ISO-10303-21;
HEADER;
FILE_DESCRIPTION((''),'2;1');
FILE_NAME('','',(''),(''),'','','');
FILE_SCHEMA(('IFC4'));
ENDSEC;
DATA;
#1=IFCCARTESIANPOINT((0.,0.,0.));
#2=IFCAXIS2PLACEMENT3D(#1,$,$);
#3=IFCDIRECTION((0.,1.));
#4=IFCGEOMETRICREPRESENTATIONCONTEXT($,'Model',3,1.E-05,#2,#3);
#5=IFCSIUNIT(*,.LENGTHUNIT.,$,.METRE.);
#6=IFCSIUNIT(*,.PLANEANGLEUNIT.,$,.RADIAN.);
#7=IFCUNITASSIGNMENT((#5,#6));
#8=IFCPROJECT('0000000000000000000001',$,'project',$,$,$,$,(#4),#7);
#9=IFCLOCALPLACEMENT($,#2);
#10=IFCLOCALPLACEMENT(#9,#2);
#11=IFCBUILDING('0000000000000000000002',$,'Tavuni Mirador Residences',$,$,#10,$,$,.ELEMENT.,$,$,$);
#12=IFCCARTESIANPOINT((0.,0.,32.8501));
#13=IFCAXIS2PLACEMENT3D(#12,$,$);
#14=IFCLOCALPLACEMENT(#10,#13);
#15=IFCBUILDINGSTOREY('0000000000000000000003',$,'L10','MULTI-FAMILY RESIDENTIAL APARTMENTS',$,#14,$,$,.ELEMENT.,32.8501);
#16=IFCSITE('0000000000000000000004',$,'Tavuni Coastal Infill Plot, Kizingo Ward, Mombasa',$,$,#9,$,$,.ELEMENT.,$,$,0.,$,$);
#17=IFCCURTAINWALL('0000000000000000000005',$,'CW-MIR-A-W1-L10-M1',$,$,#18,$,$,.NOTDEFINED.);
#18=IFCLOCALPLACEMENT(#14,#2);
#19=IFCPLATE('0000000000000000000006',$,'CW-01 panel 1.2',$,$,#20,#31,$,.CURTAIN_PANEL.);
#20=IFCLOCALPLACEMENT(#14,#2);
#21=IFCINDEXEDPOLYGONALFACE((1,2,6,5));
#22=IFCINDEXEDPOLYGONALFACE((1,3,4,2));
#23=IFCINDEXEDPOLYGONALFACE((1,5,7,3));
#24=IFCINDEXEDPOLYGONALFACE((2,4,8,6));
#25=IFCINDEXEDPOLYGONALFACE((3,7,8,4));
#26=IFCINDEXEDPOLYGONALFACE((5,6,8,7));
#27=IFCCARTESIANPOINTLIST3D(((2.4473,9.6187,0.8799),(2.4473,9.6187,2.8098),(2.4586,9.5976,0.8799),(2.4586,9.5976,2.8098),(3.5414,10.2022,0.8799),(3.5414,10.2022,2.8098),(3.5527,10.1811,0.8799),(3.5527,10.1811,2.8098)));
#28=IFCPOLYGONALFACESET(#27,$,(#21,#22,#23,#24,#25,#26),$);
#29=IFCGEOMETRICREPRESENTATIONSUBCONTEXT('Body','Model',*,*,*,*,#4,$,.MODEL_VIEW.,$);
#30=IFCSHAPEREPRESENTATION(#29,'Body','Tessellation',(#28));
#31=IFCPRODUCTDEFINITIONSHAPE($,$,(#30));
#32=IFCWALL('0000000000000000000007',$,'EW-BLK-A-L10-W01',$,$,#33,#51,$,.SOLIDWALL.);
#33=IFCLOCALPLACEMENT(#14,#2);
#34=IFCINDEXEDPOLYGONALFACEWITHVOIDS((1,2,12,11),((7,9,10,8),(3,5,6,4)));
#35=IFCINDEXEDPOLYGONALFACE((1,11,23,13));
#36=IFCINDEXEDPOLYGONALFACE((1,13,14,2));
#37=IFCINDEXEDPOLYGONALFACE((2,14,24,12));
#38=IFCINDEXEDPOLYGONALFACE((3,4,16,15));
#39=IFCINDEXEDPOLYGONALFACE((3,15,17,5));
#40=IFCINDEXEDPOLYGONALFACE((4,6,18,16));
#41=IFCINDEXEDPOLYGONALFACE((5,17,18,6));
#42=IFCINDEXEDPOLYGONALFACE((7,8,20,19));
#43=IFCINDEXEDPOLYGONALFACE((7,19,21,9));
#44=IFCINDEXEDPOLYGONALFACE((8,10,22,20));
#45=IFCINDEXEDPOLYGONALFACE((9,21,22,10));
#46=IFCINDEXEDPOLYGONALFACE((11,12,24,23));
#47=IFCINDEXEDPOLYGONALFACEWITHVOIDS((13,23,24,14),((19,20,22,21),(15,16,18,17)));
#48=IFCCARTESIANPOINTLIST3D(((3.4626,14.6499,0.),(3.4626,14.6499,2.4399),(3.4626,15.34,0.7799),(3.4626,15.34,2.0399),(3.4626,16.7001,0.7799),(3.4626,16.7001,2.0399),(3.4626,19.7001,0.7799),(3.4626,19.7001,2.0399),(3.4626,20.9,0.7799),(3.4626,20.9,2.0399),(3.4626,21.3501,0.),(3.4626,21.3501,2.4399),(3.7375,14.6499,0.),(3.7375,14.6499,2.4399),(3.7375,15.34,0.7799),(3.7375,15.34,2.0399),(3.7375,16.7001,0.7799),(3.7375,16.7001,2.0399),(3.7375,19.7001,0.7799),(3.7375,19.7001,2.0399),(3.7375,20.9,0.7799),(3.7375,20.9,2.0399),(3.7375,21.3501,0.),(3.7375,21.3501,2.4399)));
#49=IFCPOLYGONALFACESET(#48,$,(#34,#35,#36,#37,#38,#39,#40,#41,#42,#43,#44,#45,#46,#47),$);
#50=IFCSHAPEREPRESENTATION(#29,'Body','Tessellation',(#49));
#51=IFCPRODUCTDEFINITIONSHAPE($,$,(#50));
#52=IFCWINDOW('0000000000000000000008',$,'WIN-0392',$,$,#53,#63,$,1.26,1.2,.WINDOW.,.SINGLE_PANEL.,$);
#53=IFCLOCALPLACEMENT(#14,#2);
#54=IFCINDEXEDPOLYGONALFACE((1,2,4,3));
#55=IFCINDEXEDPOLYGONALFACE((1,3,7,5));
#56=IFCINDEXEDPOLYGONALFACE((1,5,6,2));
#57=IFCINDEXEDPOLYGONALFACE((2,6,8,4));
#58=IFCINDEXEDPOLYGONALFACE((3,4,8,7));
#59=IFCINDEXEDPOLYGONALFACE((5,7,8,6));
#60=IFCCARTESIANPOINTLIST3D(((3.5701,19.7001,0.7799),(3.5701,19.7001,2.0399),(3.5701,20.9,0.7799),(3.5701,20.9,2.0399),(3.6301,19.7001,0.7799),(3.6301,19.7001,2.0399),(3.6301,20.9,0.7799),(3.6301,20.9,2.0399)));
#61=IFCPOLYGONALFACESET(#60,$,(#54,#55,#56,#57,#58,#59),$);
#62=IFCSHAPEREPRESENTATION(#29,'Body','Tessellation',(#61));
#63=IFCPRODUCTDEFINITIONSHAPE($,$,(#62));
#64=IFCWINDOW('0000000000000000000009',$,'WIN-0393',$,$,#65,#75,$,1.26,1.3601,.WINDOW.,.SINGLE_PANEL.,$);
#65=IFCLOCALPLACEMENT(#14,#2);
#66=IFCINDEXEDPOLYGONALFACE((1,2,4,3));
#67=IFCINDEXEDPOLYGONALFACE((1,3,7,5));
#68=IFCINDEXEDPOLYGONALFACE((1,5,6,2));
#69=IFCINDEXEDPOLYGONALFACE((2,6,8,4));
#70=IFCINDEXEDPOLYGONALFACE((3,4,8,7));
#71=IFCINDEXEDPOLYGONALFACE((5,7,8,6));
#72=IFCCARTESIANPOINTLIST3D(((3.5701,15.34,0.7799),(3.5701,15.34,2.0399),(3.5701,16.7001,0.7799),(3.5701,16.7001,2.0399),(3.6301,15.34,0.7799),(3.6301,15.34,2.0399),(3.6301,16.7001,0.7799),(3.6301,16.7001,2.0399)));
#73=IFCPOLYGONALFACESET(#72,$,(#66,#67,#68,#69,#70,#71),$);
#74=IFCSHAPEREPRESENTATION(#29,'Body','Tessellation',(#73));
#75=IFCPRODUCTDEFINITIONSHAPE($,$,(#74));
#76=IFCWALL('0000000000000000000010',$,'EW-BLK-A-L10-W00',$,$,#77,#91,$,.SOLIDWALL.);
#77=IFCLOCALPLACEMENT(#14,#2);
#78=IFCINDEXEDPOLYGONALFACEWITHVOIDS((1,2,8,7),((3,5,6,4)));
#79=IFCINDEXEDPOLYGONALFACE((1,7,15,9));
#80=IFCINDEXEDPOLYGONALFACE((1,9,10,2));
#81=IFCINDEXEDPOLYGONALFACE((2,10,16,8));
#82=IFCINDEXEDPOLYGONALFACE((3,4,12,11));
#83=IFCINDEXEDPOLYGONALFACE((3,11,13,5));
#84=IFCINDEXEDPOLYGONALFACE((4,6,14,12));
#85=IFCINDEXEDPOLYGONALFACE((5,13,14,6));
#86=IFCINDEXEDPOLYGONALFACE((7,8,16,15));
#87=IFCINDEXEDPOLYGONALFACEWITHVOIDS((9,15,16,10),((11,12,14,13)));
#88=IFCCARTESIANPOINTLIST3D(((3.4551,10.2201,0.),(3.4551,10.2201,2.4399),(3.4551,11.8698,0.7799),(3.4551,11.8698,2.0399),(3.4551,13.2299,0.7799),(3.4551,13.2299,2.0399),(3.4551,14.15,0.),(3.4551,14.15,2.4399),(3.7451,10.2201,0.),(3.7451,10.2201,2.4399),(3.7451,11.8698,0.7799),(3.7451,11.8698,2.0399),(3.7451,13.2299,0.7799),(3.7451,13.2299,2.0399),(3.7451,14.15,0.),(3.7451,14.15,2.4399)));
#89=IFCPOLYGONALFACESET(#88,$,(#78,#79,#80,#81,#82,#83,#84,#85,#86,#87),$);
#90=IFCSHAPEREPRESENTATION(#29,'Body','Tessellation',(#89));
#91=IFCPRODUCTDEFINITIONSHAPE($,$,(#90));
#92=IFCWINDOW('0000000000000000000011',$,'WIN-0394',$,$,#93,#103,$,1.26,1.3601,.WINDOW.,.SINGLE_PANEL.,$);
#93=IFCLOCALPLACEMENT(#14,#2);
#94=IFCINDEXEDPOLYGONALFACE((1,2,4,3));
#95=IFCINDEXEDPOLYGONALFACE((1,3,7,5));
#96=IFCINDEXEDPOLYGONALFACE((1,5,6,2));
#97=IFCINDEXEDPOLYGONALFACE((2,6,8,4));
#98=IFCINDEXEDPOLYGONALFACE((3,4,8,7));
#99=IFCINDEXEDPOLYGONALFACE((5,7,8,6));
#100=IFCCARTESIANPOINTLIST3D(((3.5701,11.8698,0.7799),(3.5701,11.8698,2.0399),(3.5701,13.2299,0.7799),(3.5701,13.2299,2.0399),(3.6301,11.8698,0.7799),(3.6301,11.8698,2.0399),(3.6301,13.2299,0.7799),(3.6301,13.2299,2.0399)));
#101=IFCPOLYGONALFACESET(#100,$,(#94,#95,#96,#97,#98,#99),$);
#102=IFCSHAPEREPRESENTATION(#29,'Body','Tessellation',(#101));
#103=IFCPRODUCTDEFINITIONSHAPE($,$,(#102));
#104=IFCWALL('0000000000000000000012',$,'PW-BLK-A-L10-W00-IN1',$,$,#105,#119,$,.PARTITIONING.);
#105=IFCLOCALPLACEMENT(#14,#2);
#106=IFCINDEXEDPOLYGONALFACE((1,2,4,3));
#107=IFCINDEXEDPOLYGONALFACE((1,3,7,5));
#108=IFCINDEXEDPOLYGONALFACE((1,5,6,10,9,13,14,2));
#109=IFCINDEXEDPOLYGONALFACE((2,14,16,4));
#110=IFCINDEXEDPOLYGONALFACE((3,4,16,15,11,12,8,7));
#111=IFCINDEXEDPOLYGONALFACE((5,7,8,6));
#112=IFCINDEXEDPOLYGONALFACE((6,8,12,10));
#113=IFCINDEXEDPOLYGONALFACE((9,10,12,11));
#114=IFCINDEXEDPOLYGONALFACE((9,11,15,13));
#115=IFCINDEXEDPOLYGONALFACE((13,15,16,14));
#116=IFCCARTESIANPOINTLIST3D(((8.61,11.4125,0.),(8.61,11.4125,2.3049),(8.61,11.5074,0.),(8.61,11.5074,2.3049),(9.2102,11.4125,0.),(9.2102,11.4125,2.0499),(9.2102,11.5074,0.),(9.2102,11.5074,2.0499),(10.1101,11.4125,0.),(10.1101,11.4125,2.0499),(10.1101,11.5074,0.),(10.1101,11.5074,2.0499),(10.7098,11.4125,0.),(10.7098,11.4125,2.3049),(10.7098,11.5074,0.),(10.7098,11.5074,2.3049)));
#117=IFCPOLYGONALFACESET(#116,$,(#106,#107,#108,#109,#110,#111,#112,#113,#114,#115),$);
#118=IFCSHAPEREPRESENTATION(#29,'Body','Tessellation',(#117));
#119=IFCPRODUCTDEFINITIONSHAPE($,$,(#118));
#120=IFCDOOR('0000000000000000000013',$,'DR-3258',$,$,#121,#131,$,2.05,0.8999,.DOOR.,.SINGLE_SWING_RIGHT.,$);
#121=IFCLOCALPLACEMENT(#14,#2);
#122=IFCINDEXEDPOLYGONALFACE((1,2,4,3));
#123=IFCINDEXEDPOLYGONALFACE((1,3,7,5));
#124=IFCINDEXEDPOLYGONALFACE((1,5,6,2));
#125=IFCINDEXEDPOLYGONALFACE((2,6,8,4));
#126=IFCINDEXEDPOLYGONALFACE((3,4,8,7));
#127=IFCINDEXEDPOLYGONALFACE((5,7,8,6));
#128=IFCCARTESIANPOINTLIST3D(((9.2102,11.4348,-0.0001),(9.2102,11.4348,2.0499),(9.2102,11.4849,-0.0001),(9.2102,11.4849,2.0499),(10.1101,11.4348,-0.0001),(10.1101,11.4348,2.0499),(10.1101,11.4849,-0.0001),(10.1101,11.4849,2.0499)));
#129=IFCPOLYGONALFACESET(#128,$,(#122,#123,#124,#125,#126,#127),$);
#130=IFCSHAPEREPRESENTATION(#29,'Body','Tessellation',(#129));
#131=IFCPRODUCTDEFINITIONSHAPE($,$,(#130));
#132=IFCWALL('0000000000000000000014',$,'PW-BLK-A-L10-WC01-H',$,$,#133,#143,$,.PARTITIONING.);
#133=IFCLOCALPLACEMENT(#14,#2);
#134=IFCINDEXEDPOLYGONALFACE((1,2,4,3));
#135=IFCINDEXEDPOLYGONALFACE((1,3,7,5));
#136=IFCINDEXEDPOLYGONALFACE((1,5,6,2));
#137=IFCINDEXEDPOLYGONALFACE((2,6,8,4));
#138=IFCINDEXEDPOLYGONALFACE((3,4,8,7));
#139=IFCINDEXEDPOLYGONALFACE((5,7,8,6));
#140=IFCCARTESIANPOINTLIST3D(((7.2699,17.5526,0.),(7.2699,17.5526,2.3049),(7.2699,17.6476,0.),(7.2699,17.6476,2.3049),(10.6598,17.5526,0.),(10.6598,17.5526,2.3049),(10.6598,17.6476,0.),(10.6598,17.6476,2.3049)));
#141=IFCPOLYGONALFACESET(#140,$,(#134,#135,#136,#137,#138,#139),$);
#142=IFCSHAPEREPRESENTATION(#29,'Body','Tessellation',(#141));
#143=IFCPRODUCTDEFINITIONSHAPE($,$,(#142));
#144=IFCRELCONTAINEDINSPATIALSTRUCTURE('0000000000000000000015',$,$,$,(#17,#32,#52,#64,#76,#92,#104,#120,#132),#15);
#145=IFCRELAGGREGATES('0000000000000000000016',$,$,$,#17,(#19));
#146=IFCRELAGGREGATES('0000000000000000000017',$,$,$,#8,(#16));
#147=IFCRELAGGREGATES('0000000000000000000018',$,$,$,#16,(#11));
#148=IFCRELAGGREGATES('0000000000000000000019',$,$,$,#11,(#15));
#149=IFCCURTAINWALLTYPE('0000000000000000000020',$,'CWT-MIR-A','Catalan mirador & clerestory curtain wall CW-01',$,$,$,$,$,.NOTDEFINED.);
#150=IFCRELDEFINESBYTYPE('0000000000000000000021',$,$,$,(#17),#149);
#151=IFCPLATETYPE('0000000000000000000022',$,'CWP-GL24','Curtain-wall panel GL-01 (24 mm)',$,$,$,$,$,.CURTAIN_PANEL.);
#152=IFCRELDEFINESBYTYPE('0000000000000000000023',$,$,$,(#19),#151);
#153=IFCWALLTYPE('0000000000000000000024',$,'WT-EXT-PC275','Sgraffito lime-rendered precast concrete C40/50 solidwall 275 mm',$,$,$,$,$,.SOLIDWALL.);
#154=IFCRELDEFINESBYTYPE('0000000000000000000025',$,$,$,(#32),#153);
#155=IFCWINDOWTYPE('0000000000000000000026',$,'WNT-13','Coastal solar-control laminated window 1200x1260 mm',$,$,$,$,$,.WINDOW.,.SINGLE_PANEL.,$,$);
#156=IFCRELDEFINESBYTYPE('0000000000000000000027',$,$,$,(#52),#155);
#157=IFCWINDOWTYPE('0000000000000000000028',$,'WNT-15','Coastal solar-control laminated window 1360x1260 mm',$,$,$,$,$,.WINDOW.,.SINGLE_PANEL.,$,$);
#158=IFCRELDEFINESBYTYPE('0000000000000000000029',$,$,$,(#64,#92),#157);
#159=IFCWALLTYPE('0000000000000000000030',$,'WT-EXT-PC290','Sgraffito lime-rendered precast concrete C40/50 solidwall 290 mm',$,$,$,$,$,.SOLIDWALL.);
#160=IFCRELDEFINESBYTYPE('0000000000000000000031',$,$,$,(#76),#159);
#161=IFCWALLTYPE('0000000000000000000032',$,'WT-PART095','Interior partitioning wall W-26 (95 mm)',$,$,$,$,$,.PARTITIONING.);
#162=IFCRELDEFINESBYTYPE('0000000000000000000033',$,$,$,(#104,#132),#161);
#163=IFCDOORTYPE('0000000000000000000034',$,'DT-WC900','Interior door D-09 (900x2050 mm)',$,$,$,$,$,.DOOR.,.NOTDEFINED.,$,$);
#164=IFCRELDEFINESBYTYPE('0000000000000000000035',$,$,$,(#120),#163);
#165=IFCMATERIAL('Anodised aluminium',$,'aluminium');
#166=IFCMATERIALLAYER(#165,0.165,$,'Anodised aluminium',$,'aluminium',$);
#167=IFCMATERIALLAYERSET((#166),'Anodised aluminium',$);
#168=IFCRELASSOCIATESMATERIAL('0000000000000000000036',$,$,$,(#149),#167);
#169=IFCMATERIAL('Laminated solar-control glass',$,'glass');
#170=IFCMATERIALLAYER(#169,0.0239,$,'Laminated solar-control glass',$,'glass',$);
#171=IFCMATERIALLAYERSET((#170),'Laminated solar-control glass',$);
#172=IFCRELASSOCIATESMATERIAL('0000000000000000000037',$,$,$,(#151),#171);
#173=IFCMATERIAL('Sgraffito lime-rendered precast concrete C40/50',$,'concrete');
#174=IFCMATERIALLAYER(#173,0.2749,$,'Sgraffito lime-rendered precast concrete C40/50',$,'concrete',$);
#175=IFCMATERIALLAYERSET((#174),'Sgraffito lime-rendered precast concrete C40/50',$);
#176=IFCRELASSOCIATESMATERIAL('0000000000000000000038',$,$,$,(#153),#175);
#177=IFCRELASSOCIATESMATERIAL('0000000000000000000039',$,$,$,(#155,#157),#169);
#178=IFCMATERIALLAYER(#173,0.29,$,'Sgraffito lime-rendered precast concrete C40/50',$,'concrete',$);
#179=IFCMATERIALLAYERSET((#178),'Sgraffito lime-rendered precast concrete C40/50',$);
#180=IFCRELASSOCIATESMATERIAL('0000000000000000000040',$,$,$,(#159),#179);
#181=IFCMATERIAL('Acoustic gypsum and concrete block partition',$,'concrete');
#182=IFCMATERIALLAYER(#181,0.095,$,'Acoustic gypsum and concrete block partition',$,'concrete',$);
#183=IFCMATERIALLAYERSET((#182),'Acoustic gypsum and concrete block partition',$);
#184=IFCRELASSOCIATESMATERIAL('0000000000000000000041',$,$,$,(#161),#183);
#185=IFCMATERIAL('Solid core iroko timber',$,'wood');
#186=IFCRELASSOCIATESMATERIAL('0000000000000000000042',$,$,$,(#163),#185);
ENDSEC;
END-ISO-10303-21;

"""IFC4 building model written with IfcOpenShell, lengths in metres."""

from ifc_helpers import new_model, si_unit, direction, frame, frame_2d, origin, origin_2d, place, context, subcontext, project, spatial, rectangle, extrude, material, layer, layer_set, type_object, element, fill, aggregate, save


model = new_model("IFC4")

# Units and contexts
model_context = context("Model", 3, precision=1e-05, world=origin(), true_north=direction((0.0, 1.0)))
body_context = subcontext(model_context, "Body", "Model", "MODEL_VIEW")
ifc_project = project(units=[si_unit("LENGTHUNIT", "METRE"), si_unit("PLANEANGLEUNIT", "RADIAN")], contexts=[model_context])

# Site, building, storey
site_placement = place(None, origin())
site = spatial("IfcSite", under=ifc_project, at=site_placement, Name="Tavuni Coastal Infill Plot, Kizingo Ward, Mombasa", CompositionType="ELEMENT", RefElevation=0.0)
building_placement = place(site_placement, origin())
building = spatial("IfcBuilding", under=site, at=building_placement, Name="Tavuni Mirador Residences", CompositionType="ELEMENT")
storey_placement = place(building_placement, frame((0.0, 0.0, 32.8501)))
storey = spatial("IfcBuildingStorey", under=building, at=storey_placement, Name="L10", Description="MULTI-FAMILY RESIDENTIAL APARTMENTS", CompositionType="ELEMENT", Elevation=32.8501)

# Curtain wall
ifc_material_1 = material(Name="Anodised aluminium", Category="aluminium")
ifc_layer_1 = layer(ifc_material_1, 0.165, Name="Anodised aluminium", Category="aluminium")
ifc_layer_set_1 = layer_set([ifc_layer_1], Name="Anodised aluminium")
curtain_wall_type = type_object("IfcCurtainWallType", Name="CWT-MIR-A", Description="Catalan mirador & clerestory curtain wall CW-01", PredefinedType="NOTDEFINED", material=ifc_layer_set_1)
curtain_wall_placement = place(storey_placement, origin())
curtain_wall = element("IfcCurtainWall", 1, at=curtain_wall_placement, inside=storey, type_object=curtain_wall_type, Name="CW-MIR-A-W1-L10-M1", PredefinedType="NOTDEFINED")

# Plate
ifc_material_2 = material(Name="Laminated solar-control glass", Category="glass")
ifc_layer_2 = layer(ifc_material_2, 0.0239, Name="Laminated solar-control glass", Category="glass")
ifc_layer_set_2 = layer_set([ifc_layer_2], Name="Laminated solar-control glass")
plate_type = type_object("IfcPlateType", Name="CWP-GL24", Description="Curtain-wall panel GL-01 (24 mm)", PredefinedType="CURTAIN_PANEL", material=ifc_layer_set_2)
plate_placement = place(storey_placement, frame((3.0, 9.8999, 0.8799), z_axis=(0.0, 0.0, 1.0), x_axis=(-0.882353, -0.470588, 0.0)))
plate = element("IfcPlate", 2, at=plate_placement, type_object=plate_type, Name="CW-01 panel 1.2", PredefinedType="CURTAIN_PANEL", context=body_context, shape_type="SweptSolid", body=[
    extrude(rectangle(XDim=1.24, YDim=0.0239, at=origin_2d()), origin(), (0.0, 0.0, 1.0), 1.9299),
])
aggregate(curtain_wall, [plate])

# Wall, openings, windows
ifc_material_3 = material(Name="Sgraffito lime-rendered precast concrete C40/50", Category="concrete")
ifc_layer_3 = layer(ifc_material_3, 0.2749, Name="Sgraffito lime-rendered precast concrete C40/50", Category="concrete")
ifc_layer_set_3 = layer_set([ifc_layer_3], Name="Sgraffito lime-rendered precast concrete C40/50")
wall_type_1 = type_object("IfcWallType", Name="WT-EXT-PC275", Description="Sgraffito lime-rendered precast concrete C40/50 solidwall 275 mm", PredefinedType="SOLIDWALL", material=ifc_layer_set_3)
wall_1_placement = place(storey_placement, frame((3.6001, 21.3501, 0.0), z_axis=(0.0, 0.0, 1.0), x_axis=(0.0, -1.0, 0.0)))
wall_1 = element("IfcWall", 3, at=wall_1_placement, inside=storey, type_object=wall_type_1, Name="EW-BLK-A-L10-W01", PredefinedType="SOLIDWALL", context=body_context, shape_type="SweptSolid", body=[
    extrude(rectangle(XDim=6.7002, YDim=0.2749, at=frame_2d((3.3501, 0.0))), origin(), (0.0, 0.0, 1.0), 2.4399),
])
opening_1_placement = place(wall_1_placement, frame((0.45, 0.0, 0.78)))
opening_1 = element("IfcOpeningElement", 4, at=opening_1_placement, cuts=wall_1, PredefinedType="OPENING", context=body_context, shape_type="SweptSolid", body=[
    extrude(rectangle(XDim=1.2, YDim=1.26, at=frame_2d((0.6001, 0.6299))), frame((0.0, 0.1475, 0.0), z_axis=(0.0, -1.0, 0.0), x_axis=(1.0, 0.0, 0.0)), (0.0, 0.0, 1.0), 0.2949),
])
opening_2_placement = place(wall_1_placement, frame((4.6499, 0.0, 0.78)))
opening_2 = element("IfcOpeningElement", 5, at=opening_2_placement, cuts=wall_1, PredefinedType="OPENING", context=body_context, shape_type="SweptSolid", body=[
    extrude(rectangle(XDim=1.3601, YDim=1.26, at=frame_2d((0.6802, 0.6299))), frame((0.0, 0.1475, 0.0), z_axis=(0.0, -1.0, 0.0), x_axis=(1.0, 0.0, 0.0)), (0.0, 0.0, 1.0), 0.2949),
])
window_type_1 = type_object("IfcWindowType", Name="WNT-13", Description="Coastal solar-control laminated window 1200x1260 mm", PartitioningType="SINGLE_PANEL", PredefinedType="WINDOW", material=ifc_material_2)
window_1_placement = place(opening_1_placement, origin())
window_1 = element("IfcWindow", 6, at=window_1_placement, inside=storey, type_object=window_type_1, Name="WIN-0392", OverallHeight=1.26, OverallWidth=1.2, PartitioningType="SINGLE_PANEL", PredefinedType="WINDOW", context=body_context, shape_type="SweptSolid", body=[
    extrude(rectangle(XDim=1.2, YDim=1.26, at=frame_2d((0.6001, 0.6299))), frame((0.0, 0.03, 0.0), z_axis=(0.0, -1.0, 0.0), x_axis=(1.0, 0.0, 0.0)), (0.0, 0.0, 1.0), 0.0601),
])
fill(opening_1, window_1)
window_type_2 = type_object("IfcWindowType", Name="WNT-15", Description="Coastal solar-control laminated window 1360x1260 mm", PartitioningType="SINGLE_PANEL", PredefinedType="WINDOW", material=ifc_material_2)
window_2_placement = place(opening_2_placement, origin())
window_2 = element("IfcWindow", 7, at=window_2_placement, inside=storey, type_object=window_type_2, Name="WIN-0393", OverallHeight=1.26, OverallWidth=1.3601, PartitioningType="SINGLE_PANEL", PredefinedType="WINDOW", context=body_context, shape_type="SweptSolid", body=[
    extrude(rectangle(XDim=1.3601, YDim=1.26, at=frame_2d((0.6802, 0.6299))), frame((0.0, 0.03, 0.0), z_axis=(0.0, -1.0, 0.0), x_axis=(1.0, 0.0, 0.0)), (0.0, 0.0, 1.0), 0.0601),
])
fill(opening_2, window_2)

# Wall, opening, window
ifc_layer_4 = layer(ifc_material_3, 0.29, Name="Sgraffito lime-rendered precast concrete C40/50", Category="concrete")
ifc_layer_set_4 = layer_set([ifc_layer_4], Name="Sgraffito lime-rendered precast concrete C40/50")
wall_type_2 = type_object("IfcWallType", Name="WT-EXT-PC290", Description="Sgraffito lime-rendered precast concrete C40/50 solidwall 290 mm", PredefinedType="SOLIDWALL", material=ifc_layer_set_4)
wall_2_placement = place(storey_placement, frame((3.6001, 14.1499, 0.0), z_axis=(0.0, 0.0, 1.0), x_axis=(0.0, -1.0, 0.0)))
wall_2 = element("IfcWall", 8, at=wall_2_placement, inside=storey, type_object=wall_type_2, Name="EW-BLK-A-L10-W00", PredefinedType="SOLIDWALL", context=body_context, shape_type="SweptSolid", body=[
    extrude(rectangle(XDim=3.9299, YDim=0.29, at=frame_2d((1.9648, 0.0))), origin(), (0.0, 0.0, 1.0), 2.4399),
])
opening_3_placement = place(wall_2_placement, frame((0.9199, 0.0, 0.78)))
opening_3 = element("IfcOpeningElement", 9, at=opening_3_placement, cuts=wall_2, PredefinedType="OPENING", context=body_context, shape_type="SweptSolid", body=[
    extrude(rectangle(XDim=1.3601, YDim=1.26, at=frame_2d((0.6802, 0.6299))), frame((0.0, 0.155, 0.0), z_axis=(0.0, -1.0, 0.0), x_axis=(1.0, 0.0, 0.0)), (0.0, 0.0, 1.0), 0.3101),
])
window_3_placement = place(opening_3_placement, origin())
window_3 = element("IfcWindow", 10, at=window_3_placement, inside=storey, type_object=window_type_2, Name="WIN-0394", OverallHeight=1.26, OverallWidth=1.3601, PartitioningType="SINGLE_PANEL", PredefinedType="WINDOW", context=body_context, shape_type="SweptSolid", body=[
    extrude(rectangle(XDim=1.3601, YDim=1.26, at=frame_2d((0.6802, 0.6299))), frame((0.0, 0.03, 0.0), z_axis=(0.0, -1.0, 0.0), x_axis=(1.0, 0.0, 0.0)), (0.0, 0.0, 1.0), 0.0601),
])
fill(opening_3, window_3)

# Wall, opening, door
ifc_material_4 = material(Name="Acoustic gypsum and concrete block partition", Category="concrete")
ifc_layer_5 = layer(ifc_material_4, 0.095, Name="Acoustic gypsum and concrete block partition", Category="concrete")
ifc_layer_set_5 = layer_set([ifc_layer_5], Name="Acoustic gypsum and concrete block partition")
wall_type_3 = type_object("IfcWallType", Name="WT-PART095", Description="Interior partitioning wall W-26 (95 mm)", PredefinedType="PARTITIONING", material=ifc_layer_set_5)
wall_3_placement = place(storey_placement, frame((8.6101, 11.46, 0.0), z_axis=(0.0, 0.0, 1.0), x_axis=(1.0, 0.0, 0.0)))
wall_3 = element("IfcWall", 11, at=wall_3_placement, inside=storey, type_object=wall_type_3, Name="PW-BLK-A-L10-W00-IN1", PredefinedType="PARTITIONING", context=body_context, shape_type="SweptSolid", body=[
    extrude(rectangle(XDim=2.0999, YDim=0.095, at=frame_2d((1.0498, 0.0))), origin(), (0.0, 0.0, 1.0), 2.3049),
])
opening_4_placement = place(wall_3_placement, frame((0.6001, 0.0, 0.0)))
opening_4 = element("IfcOpeningElement", 12, at=opening_4_placement, cuts=wall_3, PredefinedType="OPENING", context=body_context, shape_type="SweptSolid", body=[
    extrude(rectangle(XDim=0.8999, YDim=2.05, at=frame_2d((0.45, 1.0249))), frame((0.0, 0.0576, 0.0), z_axis=(0.0, -1.0, 0.0), x_axis=(1.0, 0.0, 0.0)), (0.0, 0.0, 1.0), 0.115),
])
ifc_material_5 = material(Name="Solid core iroko timber", Category="wood")
door_type_1 = type_object("IfcDoorType", Name="DT-WC900", Description="Interior door D-09 (900x2050 mm)", OperationType="NOTDEFINED", PredefinedType="DOOR", material=ifc_material_5)
door_1_placement = place(opening_4_placement, origin())
door_1 = element("IfcDoor", 13, at=door_1_placement, inside=storey, type_object=door_type_1, Name="DR-3258", OperationType="SINGLE_SWING_RIGHT", OverallHeight=2.05, OverallWidth=0.8999, PredefinedType="DOOR", context=body_context, shape_type="SweptSolid", body=[
    extrude(rectangle(XDim=0.8999, YDim=2.05, at=frame_2d((0.45, 1.0249))), frame((0.0, 0.0249, 0.0), z_axis=(0.0, -1.0, 0.0), x_axis=(1.0, 0.0, 0.0)), (0.0, 0.0, 1.0), 0.05),
])
fill(opening_4, door_1)

# Wall
wall_4_placement = place(storey_placement, frame((7.27, 17.6001, 0.0), z_axis=(0.0, 0.0, 1.0), x_axis=(1.0, 0.0, 0.0)))
element("IfcWall", 14, at=wall_4_placement, inside=storey, type_object=wall_type_3, Name="PW-BLK-A-L10-WC01-H", PredefinedType="PARTITIONING", context=body_context, shape_type="SweptSolid", body=[
    extrude(rectangle(XDim=3.3899, YDim=0.095, at=frame_2d((1.6948, 0.0))), origin(), (0.0, 0.0, 1.0), 2.3049),
])

save(model, "model.ifc")
